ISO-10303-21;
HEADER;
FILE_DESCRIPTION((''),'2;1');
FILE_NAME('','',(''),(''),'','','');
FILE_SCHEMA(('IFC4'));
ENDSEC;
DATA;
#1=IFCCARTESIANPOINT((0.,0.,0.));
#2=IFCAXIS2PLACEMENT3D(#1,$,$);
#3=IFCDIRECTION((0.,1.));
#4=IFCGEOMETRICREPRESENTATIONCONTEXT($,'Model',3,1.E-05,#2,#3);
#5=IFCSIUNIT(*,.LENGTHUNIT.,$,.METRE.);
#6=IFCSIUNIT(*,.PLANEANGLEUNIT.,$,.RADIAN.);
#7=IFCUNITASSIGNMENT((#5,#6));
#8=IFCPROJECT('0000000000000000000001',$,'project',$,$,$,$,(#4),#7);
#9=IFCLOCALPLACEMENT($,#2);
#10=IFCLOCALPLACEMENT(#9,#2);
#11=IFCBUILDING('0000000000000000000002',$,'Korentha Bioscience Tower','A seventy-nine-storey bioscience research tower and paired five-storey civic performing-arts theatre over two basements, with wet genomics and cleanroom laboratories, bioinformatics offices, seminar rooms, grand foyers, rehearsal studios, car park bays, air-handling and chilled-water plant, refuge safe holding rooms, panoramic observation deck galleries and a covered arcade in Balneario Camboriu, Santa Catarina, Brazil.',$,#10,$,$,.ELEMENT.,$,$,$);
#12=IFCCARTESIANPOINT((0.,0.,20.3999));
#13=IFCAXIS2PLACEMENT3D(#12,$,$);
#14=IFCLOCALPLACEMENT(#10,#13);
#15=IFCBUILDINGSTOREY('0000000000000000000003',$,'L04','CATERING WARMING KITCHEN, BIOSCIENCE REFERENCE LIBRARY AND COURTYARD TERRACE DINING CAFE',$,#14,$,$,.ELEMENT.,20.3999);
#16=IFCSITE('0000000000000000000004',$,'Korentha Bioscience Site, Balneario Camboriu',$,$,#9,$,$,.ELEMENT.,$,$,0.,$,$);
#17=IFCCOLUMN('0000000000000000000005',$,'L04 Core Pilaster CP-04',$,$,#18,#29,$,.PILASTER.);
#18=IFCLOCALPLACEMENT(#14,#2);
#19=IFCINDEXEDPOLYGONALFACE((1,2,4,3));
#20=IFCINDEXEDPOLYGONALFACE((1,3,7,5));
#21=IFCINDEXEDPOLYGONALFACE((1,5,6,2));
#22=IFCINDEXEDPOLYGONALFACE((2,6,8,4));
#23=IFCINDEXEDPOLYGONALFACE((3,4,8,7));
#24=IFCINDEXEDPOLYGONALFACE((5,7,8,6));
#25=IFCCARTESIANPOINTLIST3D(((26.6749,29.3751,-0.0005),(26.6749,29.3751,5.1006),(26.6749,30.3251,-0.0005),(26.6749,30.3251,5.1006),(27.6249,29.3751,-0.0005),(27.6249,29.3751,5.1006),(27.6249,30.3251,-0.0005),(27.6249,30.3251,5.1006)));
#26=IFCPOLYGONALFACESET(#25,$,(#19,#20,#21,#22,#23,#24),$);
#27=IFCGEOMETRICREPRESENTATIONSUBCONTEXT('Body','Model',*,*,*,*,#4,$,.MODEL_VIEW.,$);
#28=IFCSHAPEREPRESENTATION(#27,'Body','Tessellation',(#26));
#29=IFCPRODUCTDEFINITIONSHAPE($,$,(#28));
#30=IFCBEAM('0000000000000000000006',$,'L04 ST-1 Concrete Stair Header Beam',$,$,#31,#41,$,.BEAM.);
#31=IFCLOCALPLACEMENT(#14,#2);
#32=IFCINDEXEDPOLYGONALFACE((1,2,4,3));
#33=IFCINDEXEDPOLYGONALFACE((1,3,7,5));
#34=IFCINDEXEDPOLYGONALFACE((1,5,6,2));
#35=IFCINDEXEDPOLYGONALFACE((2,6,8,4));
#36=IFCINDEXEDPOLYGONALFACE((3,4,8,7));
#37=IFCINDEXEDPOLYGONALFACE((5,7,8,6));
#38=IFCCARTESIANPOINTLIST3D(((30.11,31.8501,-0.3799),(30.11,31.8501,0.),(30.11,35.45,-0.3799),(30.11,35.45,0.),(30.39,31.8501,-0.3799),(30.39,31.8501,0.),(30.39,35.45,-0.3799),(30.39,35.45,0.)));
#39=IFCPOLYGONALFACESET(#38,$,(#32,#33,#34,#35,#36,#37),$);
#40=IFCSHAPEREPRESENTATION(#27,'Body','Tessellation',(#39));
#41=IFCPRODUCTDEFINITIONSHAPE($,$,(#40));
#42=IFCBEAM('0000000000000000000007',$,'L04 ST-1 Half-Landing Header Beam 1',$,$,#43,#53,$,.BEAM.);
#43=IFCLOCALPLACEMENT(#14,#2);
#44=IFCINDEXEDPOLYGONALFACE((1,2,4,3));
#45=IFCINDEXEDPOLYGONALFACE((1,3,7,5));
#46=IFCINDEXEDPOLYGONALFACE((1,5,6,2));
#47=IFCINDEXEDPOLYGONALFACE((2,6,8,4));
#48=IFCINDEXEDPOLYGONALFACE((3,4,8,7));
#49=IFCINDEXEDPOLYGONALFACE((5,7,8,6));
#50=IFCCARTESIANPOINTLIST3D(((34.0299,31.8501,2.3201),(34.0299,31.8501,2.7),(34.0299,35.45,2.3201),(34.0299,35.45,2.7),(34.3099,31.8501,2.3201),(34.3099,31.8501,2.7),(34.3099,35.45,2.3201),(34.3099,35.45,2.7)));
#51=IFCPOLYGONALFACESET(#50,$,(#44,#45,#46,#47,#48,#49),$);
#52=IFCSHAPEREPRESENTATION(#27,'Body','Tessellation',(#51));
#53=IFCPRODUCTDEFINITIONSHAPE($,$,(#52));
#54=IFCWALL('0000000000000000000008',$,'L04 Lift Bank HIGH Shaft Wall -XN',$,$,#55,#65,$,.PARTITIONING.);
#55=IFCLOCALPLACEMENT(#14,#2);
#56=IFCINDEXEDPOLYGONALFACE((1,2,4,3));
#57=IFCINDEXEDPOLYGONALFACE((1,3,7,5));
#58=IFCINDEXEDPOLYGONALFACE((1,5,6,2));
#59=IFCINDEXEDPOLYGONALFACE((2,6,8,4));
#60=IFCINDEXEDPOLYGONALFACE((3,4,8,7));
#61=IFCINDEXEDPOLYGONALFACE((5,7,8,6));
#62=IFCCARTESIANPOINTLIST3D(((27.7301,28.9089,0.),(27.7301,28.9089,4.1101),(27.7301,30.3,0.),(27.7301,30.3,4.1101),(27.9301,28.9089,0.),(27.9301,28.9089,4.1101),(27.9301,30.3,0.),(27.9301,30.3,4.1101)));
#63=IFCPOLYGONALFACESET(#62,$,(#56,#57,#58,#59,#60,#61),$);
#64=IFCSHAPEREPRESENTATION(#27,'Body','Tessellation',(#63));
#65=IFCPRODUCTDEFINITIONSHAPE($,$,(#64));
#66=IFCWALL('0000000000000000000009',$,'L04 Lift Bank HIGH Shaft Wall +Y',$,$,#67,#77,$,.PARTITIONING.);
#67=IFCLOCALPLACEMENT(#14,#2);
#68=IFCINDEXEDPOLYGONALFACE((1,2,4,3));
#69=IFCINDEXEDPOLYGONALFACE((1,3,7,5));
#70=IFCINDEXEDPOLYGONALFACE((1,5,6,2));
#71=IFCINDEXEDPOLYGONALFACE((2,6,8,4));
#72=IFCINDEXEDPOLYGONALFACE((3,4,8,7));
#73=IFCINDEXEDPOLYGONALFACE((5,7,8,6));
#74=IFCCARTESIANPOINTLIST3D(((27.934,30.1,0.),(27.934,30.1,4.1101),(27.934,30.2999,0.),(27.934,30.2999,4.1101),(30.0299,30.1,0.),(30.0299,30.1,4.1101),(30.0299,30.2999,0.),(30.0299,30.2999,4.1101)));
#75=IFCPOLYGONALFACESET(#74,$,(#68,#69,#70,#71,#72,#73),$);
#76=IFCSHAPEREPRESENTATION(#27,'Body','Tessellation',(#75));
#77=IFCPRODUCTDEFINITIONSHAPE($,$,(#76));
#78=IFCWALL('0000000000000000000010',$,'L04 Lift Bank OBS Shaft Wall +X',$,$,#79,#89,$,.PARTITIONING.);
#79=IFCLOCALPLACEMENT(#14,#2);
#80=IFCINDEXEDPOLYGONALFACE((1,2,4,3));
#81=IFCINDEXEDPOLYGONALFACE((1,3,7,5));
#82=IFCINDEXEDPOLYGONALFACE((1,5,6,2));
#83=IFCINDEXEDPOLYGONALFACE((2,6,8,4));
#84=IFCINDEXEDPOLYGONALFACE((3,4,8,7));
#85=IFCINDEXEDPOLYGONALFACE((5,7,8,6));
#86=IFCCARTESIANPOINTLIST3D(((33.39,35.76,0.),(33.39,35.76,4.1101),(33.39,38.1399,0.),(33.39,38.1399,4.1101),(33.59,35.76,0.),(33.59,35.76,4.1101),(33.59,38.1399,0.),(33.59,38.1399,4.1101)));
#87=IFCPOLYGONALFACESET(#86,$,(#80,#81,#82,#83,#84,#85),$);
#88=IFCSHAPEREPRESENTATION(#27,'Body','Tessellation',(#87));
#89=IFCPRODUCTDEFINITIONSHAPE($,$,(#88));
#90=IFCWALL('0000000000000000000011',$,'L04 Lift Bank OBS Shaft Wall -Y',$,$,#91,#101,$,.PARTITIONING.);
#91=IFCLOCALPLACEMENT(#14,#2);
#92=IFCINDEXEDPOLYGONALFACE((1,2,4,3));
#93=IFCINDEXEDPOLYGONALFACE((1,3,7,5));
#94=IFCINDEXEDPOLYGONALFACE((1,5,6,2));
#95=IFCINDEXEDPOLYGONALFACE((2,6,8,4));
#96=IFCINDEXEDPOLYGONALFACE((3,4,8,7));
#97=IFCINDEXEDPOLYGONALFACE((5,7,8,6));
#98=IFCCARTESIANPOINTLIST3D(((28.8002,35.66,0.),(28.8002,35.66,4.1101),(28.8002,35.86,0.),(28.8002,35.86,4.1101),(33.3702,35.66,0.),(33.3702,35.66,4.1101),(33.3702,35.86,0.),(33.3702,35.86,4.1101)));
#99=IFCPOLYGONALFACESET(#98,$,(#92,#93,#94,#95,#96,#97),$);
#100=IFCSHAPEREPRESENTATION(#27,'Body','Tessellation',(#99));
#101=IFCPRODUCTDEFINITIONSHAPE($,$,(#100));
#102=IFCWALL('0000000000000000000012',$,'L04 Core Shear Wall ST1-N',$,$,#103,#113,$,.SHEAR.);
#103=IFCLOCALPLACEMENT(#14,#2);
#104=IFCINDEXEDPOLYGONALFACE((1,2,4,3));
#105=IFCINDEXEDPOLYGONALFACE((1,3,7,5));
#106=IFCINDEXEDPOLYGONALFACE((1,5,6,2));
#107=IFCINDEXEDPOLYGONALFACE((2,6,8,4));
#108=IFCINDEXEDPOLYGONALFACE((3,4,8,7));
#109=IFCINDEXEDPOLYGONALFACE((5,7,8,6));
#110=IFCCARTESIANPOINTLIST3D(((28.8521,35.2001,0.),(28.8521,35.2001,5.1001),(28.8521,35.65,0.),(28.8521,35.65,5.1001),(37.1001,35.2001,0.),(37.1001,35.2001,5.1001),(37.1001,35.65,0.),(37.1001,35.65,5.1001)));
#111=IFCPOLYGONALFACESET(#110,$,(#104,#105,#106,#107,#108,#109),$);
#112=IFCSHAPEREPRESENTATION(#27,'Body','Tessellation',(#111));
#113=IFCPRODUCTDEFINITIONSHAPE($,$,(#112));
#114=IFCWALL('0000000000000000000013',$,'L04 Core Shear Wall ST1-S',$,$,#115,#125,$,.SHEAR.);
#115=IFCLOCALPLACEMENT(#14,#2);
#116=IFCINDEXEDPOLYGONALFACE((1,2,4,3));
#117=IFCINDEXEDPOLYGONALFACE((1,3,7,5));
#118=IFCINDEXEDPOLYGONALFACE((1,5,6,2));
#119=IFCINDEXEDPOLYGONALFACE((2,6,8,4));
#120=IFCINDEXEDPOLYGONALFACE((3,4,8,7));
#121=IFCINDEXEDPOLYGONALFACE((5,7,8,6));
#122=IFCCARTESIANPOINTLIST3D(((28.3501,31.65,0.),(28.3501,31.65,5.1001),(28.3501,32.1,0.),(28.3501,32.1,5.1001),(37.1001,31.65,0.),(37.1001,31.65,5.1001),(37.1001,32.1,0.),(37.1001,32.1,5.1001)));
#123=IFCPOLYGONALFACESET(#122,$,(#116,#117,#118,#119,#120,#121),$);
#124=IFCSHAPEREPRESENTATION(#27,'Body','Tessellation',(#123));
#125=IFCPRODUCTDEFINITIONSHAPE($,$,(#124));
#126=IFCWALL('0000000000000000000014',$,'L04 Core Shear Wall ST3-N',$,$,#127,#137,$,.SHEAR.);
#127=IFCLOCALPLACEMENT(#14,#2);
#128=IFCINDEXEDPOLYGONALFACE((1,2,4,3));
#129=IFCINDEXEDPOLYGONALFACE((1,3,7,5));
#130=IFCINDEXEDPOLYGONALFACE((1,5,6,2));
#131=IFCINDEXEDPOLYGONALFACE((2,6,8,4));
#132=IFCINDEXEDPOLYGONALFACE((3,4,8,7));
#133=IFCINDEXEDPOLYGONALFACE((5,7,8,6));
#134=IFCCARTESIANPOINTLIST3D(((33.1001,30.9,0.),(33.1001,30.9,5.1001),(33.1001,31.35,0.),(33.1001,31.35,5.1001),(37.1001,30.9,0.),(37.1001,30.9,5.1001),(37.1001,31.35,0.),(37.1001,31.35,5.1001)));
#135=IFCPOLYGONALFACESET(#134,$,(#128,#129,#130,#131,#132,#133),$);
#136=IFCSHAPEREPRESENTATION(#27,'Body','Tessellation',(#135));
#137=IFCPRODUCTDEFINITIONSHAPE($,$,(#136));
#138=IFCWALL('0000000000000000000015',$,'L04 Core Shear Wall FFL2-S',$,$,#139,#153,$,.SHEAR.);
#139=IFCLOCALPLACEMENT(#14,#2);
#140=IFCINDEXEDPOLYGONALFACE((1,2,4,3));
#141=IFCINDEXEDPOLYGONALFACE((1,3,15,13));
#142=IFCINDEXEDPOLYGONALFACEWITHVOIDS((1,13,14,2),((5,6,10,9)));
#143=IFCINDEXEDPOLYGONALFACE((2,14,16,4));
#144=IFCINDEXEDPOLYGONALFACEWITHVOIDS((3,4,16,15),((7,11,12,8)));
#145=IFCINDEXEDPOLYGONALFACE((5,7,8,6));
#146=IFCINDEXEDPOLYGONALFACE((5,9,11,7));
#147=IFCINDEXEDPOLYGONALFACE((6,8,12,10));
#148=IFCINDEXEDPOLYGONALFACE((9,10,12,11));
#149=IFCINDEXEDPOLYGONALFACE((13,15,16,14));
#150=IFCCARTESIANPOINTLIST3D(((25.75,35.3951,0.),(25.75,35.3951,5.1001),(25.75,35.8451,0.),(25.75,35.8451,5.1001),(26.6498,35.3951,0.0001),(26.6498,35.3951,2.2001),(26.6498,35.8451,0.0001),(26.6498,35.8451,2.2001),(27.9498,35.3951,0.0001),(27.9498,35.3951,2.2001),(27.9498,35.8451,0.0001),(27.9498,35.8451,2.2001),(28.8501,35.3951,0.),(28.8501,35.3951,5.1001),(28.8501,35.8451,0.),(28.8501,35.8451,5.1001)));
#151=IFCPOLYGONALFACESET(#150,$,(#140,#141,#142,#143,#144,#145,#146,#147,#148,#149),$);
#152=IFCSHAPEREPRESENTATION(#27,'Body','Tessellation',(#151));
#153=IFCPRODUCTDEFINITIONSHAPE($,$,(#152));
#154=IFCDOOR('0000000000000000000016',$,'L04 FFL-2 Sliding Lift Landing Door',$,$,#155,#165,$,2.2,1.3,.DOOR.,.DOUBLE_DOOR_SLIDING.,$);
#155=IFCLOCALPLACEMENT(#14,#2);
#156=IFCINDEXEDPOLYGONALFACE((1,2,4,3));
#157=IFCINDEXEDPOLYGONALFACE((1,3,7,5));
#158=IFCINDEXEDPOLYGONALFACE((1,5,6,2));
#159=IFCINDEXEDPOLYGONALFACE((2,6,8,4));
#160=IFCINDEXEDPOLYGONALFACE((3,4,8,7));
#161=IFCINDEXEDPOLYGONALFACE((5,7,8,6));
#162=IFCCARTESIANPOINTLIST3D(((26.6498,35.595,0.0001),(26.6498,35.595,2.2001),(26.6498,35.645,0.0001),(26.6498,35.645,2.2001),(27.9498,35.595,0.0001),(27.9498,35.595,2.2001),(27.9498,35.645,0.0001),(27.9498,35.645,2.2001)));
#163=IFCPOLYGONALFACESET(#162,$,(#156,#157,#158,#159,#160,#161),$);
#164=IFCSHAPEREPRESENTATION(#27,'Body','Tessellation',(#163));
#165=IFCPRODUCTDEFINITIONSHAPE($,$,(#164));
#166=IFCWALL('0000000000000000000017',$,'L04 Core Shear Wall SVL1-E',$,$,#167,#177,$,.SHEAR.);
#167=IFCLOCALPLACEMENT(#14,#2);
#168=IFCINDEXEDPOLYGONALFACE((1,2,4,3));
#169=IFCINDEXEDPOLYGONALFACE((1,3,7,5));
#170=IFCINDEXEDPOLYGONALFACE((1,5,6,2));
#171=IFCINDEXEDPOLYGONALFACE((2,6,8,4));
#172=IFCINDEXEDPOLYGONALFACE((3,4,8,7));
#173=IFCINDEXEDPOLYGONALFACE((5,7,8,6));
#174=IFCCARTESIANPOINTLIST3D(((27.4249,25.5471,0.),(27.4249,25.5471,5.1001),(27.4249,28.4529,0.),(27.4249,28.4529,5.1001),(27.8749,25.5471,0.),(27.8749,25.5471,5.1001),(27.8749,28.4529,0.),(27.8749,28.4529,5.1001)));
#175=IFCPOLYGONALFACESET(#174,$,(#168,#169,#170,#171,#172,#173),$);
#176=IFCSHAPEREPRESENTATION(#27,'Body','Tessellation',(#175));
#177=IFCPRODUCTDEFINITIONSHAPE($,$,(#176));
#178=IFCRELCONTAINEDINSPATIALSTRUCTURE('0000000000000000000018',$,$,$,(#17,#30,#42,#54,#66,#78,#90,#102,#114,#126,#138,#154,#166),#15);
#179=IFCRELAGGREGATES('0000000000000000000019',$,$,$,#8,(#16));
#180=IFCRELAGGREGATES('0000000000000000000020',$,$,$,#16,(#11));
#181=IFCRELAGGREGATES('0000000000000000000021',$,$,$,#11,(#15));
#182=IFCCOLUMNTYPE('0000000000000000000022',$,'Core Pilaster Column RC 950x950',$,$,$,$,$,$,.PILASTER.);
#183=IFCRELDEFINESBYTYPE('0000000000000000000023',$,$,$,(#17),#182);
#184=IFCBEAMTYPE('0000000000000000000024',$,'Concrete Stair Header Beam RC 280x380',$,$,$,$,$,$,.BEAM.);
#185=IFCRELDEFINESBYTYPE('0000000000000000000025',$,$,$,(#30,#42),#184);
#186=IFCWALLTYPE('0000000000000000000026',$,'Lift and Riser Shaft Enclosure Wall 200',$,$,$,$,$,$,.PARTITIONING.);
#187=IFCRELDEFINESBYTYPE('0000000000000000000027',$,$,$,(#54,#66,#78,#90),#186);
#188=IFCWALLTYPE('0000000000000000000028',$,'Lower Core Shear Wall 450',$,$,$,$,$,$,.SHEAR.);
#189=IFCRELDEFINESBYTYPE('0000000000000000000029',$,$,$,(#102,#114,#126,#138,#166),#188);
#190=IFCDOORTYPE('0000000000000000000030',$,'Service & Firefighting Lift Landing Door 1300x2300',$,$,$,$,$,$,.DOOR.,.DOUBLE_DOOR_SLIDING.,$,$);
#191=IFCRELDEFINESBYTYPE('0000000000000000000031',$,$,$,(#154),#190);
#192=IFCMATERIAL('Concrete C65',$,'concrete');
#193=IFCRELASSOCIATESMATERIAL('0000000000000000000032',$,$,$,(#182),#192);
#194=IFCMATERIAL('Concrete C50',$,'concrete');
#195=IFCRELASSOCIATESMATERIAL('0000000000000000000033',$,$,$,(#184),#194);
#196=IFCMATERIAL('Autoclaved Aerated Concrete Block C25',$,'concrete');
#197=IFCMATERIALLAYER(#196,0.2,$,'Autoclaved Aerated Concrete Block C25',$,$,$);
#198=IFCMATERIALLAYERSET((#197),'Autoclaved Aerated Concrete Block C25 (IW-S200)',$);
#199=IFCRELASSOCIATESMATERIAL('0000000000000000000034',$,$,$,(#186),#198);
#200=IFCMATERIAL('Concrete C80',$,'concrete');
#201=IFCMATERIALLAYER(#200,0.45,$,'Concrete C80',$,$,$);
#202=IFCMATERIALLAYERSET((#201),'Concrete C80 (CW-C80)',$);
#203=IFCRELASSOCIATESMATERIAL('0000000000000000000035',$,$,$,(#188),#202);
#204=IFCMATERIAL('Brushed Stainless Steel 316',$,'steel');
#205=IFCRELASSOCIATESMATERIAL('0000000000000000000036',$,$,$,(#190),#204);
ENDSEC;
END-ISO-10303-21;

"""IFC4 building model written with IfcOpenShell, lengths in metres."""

from ifc_helpers import new_model, si_unit, direction, frame, frame_2d, origin, origin_2d, place, context, subcontext, project, spatial, rectangle, extrude, material, layer, layer_set, material_profile, profile_set, type_object, element, fill, save


model = new_model("IFC4")

# Units and contexts
model_context = context("Model", 3, precision=1e-05, world=origin(), true_north=direction((0.0, 1.0)))
body_context = subcontext(model_context, "Body", "Model", "MODEL_VIEW")
ifc_project = project(units=[si_unit("LENGTHUNIT", "METRE"), si_unit("PLANEANGLEUNIT", "RADIAN")], contexts=[model_context])

# Site, building, storey
site_placement = place(None, origin())
site = spatial("IfcSite", under=ifc_project, at=site_placement, Name="Korentha Bioscience Site, Balneario Camboriu", CompositionType="ELEMENT", RefElevation=0.0)
building_placement = place(site_placement, origin())
building = spatial("IfcBuilding", under=site, at=building_placement, Name="Korentha Bioscience Tower", Description="A seventy-nine-storey bioscience research tower and paired five-storey civic performing-arts theatre over two basements, with wet genomics and cleanroom laboratories, bioinformatics offices, seminar rooms, grand foyers, rehearsal studios, car park bays, air-handling and chilled-water plant, refuge safe holding rooms, panoramic observation deck galleries and a covered arcade in Balneario Camboriu, Santa Catarina, Brazil.", CompositionType="ELEMENT")
storey_placement = place(building_placement, frame((0.0, 0.0, 20.3999)))
storey = spatial("IfcBuildingStorey", under=building, at=storey_placement, Name="L04", Description="CATERING WARMING KITCHEN, BIOSCIENCE REFERENCE LIBRARY AND COURTYARD TERRACE DINING CAFE", CompositionType="ELEMENT", Elevation=20.3999)

# Column
ifc_material_1 = material(Name="Concrete C65", Category="concrete")
ifc_material_profile_1 = material_profile(ifc_material_1, rectangle(XDim=0.95, YDim=0.95, at=origin_2d()), Name="Concrete C65")
ifc_profile_set_1 = profile_set([ifc_material_profile_1], Name="Concrete C65 (COL-CP09)")
column_type = type_object("IfcColumnType", Name="Core Pilaster Column RC 950x950", PredefinedType="PILASTER", material=ifc_profile_set_1)
column_placement = place(storey_placement, frame((27.1499, 29.8501, -0.0005), z_axis=(0.0, 0.0, 1.0), x_axis=(1.0, 0.0, 0.0)))
element("IfcColumn", 1, at=column_placement, inside=storey, type_object=column_type, Name="L04 Core Pilaster CP-04", PredefinedType="PILASTER", context=body_context, shape_type="SweptSolid", body=[
    extrude(rectangle(XDim=0.95, YDim=0.95, at=origin_2d()), origin(), (0.0, 0.0, 1.0), 5.1011),
])

# Beams
ifc_material_2 = material(Name="Concrete C50", Category="concrete")
ifc_material_profile_2 = material_profile(ifc_material_2, rectangle(XDim=0.28, YDim=0.3799, at=origin_2d()), Name="Concrete C50")
ifc_profile_set_2 = profile_set([ifc_material_profile_2], Name="Concrete C50 (ST-HB380)")
beam_type = type_object("IfcBeamType", Name="Concrete Stair Header Beam RC 280x380", PredefinedType="BEAM", material=ifc_profile_set_2)
for number, where, z_axis, x_axis, name in (
    (2, (30.25, 31.8501, -0.1899), (0.0, 1.0, 0.0), (-1.0, 0.0, 0.0), "L04 ST-1 Concrete Stair Header Beam"),
    (3, (34.1699, 31.8501, 2.51), (0.0, 1.0, 0.0), (-1.0, 0.0, 0.0), "L04 ST-1 Half-Landing Header Beam 1"),
):
    element("IfcBeam", number, at=place(storey_placement, frame(where, z_axis=z_axis, x_axis=x_axis)), inside=storey, type_object=beam_type, Name=name, PredefinedType="BEAM", context=body_context, shape_type="SweptSolid", body=[
        extrude(rectangle(XDim=0.28, YDim=0.3799, at=origin_2d()), origin(), (0.0, 0.0, 1.0), 3.5999),
    ])

# Walls
ifc_material_3 = material(Name="Autoclaved Aerated Concrete Block C25", Category="concrete")
ifc_layer_1 = layer(ifc_material_3, 0.2, Name="Autoclaved Aerated Concrete Block C25")
ifc_layer_set_1 = layer_set([ifc_layer_1], Name="Autoclaved Aerated Concrete Block C25 (IW-S200)")
wall_type_1 = type_object("IfcWallType", Name="Lift and Riser Shaft Enclosure Wall 200", PredefinedType="PARTITIONING", material=ifc_layer_set_1)
wall_1_placement = place(storey_placement, frame((27.8301, 28.9089, 0.0), z_axis=(0.0, 0.0, 1.0), x_axis=(0.0, 1.0, 0.0)))
element("IfcWall", 4, at=wall_1_placement, inside=storey, type_object=wall_type_1, Name="L04 Lift Bank HIGH Shaft Wall -XN", PredefinedType="PARTITIONING", context=body_context, shape_type="SweptSolid", body=[
    extrude(rectangle(XDim=1.3911, YDim=0.2, at=frame_2d((0.6956, 0.0))), origin(), (0.0, 0.0, 1.0), 4.1101),
])
wall_2_placement = place(storey_placement, frame((27.9341, 30.2, 0.0), z_axis=(0.0, 0.0, 1.0), x_axis=(1.0, 0.0, 0.0)))
element("IfcWall", 5, at=wall_2_placement, inside=storey, type_object=wall_type_1, Name="L04 Lift Bank HIGH Shaft Wall +Y", PredefinedType="PARTITIONING", context=body_context, shape_type="SweptSolid", body=[
    extrude(rectangle(XDim=2.0959, YDim=0.2, at=frame_2d((1.0479, 0.0))), origin(), (0.0, 0.0, 1.0), 4.1101),
])
wall_3_placement = place(storey_placement, frame((33.49, 35.76, 0.0), z_axis=(0.0, 0.0, 1.0), x_axis=(0.0, 1.0, 0.0)))
element("IfcWall", 6, at=wall_3_placement, inside=storey, type_object=wall_type_1, Name="L04 Lift Bank OBS Shaft Wall +X", PredefinedType="PARTITIONING", context=body_context, shape_type="SweptSolid", body=[
    extrude(rectangle(XDim=2.3799, YDim=0.2, at=frame_2d((1.1899, 0.0))), origin(), (0.0, 0.0, 1.0), 4.1101),
])
wall_4_placement = place(storey_placement, frame((28.8, 35.76, 0.0), z_axis=(0.0, 0.0, 1.0), x_axis=(1.0, 0.0, 0.0)))
element("IfcWall", 7, at=wall_4_placement, inside=storey, type_object=wall_type_1, Name="L04 Lift Bank OBS Shaft Wall -Y", PredefinedType="PARTITIONING", context=body_context, shape_type="SweptSolid", body=[
    extrude(rectangle(XDim=4.5701, YDim=0.2, at=frame_2d((2.2852, 0.0))), origin(), (0.0, 0.0, 1.0), 4.1101),
])
ifc_material_4 = material(Name="Concrete C80", Category="concrete")
ifc_layer_2 = layer(ifc_material_4, 0.45, Name="Concrete C80")
ifc_layer_set_2 = layer_set([ifc_layer_2], Name="Concrete C80 (CW-C80)")
wall_type_2 = type_object("IfcWallType", Name="Lower Core Shear Wall 450", PredefinedType="SHEAR", material=ifc_layer_set_2)
wall_5_placement = place(storey_placement, frame((28.8521, 35.425, 0.0), z_axis=(0.0, 0.0, 1.0), x_axis=(1.0, 0.0, 0.0)))
element("IfcWall", 8, at=wall_5_placement, inside=storey, type_object=wall_type_2, Name="L04 Core Shear Wall ST1-N", PredefinedType="SHEAR", context=body_context, shape_type="SweptSolid", body=[
    extrude(rectangle(XDim=8.248, YDim=0.45, at=frame_2d((4.124, 0.0))), origin(), (0.0, 0.0, 1.0), 5.1001),
])
wall_6_placement = place(storey_placement, frame((28.3501, 31.875, 0.0), z_axis=(0.0, 0.0, 1.0), x_axis=(1.0, 0.0, 0.0)))
element("IfcWall", 9, at=wall_6_placement, inside=storey, type_object=wall_type_2, Name="L04 Core Shear Wall ST1-S", PredefinedType="SHEAR", context=body_context, shape_type="SweptSolid", body=[
    extrude(rectangle(XDim=8.75, YDim=0.45, at=frame_2d((4.375, 0.0))), origin(), (0.0, 0.0, 1.0), 5.1001),
])

# Wall
wall_7_placement = place(storey_placement, frame((33.1001, 31.125, 0.0), z_axis=(0.0, 0.0, 1.0), x_axis=(1.0, 0.0, 0.0)))
element("IfcWall", 10, at=wall_7_placement, inside=storey, type_object=wall_type_2, Name="L04 Core Shear Wall ST3-N", PredefinedType="SHEAR", context=body_context, shape_type="SweptSolid", body=[
    extrude(rectangle(XDim=4.0, YDim=0.45, at=frame_2d((2.0, 0.0))), origin(), (0.0, 0.0, 1.0), 5.1001),
])

# Wall, opening, door
wall_8_placement = place(storey_placement, frame((25.75, 35.6201, 0.0), z_axis=(0.0, 0.0, 1.0), x_axis=(1.0, 0.0, 0.0)))
wall_8 = element("IfcWall", 11, at=wall_8_placement, inside=storey, type_object=wall_type_2, Name="L04 Core Shear Wall FFL2-S", PredefinedType="SHEAR", context=body_context, shape_type="SweptSolid", body=[
    extrude(rectangle(XDim=3.1001, YDim=0.45, at=frame_2d((1.55, 0.0))), origin(), (0.0, 0.0, 1.0), 5.1001),
])
opening_1_placement = place(wall_8_placement, frame((0.8999, 0.0, 0.0)))
opening_1 = element("IfcOpeningElement", 12, at=opening_1_placement, cuts=wall_8, PredefinedType="OPENING", context=body_context, shape_type="SweptSolid", body=[
    extrude(rectangle(XDim=1.3, YDim=2.2, at=frame_2d((0.6499, 1.1001))), frame((0.0, 0.2397, 0.0), z_axis=(0.0, -1.0, 0.0), x_axis=(1.0, 0.0, 0.0)), (0.0, 0.0, 1.0), 0.4797),
])
ifc_material_5 = material(Name="Brushed Stainless Steel 316", Category="steel")
door_type_1 = type_object("IfcDoorType", Name="Service & Firefighting Lift Landing Door 1300x2300", OperationType="DOUBLE_DOOR_SLIDING", PredefinedType="DOOR", material=ifc_material_5)
door_1_placement = place(opening_1_placement, origin())
door_1 = element("IfcDoor", 13, at=door_1_placement, inside=storey, type_object=door_type_1, Name="L04 FFL-2 Sliding Lift Landing Door", OperationType="DOUBLE_DOOR_SLIDING", OverallHeight=2.2, OverallWidth=1.3, PredefinedType="DOOR", context=body_context, shape_type="SweptSolid", body=[
    extrude(rectangle(XDim=1.3, YDim=2.2, at=frame_2d((0.6499, 1.1001))), frame((0.0, 0.0249, 0.0), z_axis=(0.0, -1.0, 0.0), x_axis=(1.0, 0.0, 0.0)), (0.0, 0.0, 1.0), 0.05),
])
fill(opening_1, door_1)

# Wall
wall_9_placement = place(storey_placement, frame((27.6499, 25.5471, 0.0), z_axis=(0.0, 0.0, 1.0), x_axis=(0.0, 1.0, 0.0)))
element("IfcWall", 14, at=wall_9_placement, inside=storey, type_object=wall_type_2, Name="L04 Core Shear Wall SVL1-E", PredefinedType="SHEAR", context=body_context, shape_type="SweptSolid", body=[
    extrude(rectangle(XDim=2.9058, YDim=0.45, at=frame_2d((1.4529, 0.0))), origin(), (0.0, 0.0, 1.0), 5.1001),
])

save(model, "model.ifc")
